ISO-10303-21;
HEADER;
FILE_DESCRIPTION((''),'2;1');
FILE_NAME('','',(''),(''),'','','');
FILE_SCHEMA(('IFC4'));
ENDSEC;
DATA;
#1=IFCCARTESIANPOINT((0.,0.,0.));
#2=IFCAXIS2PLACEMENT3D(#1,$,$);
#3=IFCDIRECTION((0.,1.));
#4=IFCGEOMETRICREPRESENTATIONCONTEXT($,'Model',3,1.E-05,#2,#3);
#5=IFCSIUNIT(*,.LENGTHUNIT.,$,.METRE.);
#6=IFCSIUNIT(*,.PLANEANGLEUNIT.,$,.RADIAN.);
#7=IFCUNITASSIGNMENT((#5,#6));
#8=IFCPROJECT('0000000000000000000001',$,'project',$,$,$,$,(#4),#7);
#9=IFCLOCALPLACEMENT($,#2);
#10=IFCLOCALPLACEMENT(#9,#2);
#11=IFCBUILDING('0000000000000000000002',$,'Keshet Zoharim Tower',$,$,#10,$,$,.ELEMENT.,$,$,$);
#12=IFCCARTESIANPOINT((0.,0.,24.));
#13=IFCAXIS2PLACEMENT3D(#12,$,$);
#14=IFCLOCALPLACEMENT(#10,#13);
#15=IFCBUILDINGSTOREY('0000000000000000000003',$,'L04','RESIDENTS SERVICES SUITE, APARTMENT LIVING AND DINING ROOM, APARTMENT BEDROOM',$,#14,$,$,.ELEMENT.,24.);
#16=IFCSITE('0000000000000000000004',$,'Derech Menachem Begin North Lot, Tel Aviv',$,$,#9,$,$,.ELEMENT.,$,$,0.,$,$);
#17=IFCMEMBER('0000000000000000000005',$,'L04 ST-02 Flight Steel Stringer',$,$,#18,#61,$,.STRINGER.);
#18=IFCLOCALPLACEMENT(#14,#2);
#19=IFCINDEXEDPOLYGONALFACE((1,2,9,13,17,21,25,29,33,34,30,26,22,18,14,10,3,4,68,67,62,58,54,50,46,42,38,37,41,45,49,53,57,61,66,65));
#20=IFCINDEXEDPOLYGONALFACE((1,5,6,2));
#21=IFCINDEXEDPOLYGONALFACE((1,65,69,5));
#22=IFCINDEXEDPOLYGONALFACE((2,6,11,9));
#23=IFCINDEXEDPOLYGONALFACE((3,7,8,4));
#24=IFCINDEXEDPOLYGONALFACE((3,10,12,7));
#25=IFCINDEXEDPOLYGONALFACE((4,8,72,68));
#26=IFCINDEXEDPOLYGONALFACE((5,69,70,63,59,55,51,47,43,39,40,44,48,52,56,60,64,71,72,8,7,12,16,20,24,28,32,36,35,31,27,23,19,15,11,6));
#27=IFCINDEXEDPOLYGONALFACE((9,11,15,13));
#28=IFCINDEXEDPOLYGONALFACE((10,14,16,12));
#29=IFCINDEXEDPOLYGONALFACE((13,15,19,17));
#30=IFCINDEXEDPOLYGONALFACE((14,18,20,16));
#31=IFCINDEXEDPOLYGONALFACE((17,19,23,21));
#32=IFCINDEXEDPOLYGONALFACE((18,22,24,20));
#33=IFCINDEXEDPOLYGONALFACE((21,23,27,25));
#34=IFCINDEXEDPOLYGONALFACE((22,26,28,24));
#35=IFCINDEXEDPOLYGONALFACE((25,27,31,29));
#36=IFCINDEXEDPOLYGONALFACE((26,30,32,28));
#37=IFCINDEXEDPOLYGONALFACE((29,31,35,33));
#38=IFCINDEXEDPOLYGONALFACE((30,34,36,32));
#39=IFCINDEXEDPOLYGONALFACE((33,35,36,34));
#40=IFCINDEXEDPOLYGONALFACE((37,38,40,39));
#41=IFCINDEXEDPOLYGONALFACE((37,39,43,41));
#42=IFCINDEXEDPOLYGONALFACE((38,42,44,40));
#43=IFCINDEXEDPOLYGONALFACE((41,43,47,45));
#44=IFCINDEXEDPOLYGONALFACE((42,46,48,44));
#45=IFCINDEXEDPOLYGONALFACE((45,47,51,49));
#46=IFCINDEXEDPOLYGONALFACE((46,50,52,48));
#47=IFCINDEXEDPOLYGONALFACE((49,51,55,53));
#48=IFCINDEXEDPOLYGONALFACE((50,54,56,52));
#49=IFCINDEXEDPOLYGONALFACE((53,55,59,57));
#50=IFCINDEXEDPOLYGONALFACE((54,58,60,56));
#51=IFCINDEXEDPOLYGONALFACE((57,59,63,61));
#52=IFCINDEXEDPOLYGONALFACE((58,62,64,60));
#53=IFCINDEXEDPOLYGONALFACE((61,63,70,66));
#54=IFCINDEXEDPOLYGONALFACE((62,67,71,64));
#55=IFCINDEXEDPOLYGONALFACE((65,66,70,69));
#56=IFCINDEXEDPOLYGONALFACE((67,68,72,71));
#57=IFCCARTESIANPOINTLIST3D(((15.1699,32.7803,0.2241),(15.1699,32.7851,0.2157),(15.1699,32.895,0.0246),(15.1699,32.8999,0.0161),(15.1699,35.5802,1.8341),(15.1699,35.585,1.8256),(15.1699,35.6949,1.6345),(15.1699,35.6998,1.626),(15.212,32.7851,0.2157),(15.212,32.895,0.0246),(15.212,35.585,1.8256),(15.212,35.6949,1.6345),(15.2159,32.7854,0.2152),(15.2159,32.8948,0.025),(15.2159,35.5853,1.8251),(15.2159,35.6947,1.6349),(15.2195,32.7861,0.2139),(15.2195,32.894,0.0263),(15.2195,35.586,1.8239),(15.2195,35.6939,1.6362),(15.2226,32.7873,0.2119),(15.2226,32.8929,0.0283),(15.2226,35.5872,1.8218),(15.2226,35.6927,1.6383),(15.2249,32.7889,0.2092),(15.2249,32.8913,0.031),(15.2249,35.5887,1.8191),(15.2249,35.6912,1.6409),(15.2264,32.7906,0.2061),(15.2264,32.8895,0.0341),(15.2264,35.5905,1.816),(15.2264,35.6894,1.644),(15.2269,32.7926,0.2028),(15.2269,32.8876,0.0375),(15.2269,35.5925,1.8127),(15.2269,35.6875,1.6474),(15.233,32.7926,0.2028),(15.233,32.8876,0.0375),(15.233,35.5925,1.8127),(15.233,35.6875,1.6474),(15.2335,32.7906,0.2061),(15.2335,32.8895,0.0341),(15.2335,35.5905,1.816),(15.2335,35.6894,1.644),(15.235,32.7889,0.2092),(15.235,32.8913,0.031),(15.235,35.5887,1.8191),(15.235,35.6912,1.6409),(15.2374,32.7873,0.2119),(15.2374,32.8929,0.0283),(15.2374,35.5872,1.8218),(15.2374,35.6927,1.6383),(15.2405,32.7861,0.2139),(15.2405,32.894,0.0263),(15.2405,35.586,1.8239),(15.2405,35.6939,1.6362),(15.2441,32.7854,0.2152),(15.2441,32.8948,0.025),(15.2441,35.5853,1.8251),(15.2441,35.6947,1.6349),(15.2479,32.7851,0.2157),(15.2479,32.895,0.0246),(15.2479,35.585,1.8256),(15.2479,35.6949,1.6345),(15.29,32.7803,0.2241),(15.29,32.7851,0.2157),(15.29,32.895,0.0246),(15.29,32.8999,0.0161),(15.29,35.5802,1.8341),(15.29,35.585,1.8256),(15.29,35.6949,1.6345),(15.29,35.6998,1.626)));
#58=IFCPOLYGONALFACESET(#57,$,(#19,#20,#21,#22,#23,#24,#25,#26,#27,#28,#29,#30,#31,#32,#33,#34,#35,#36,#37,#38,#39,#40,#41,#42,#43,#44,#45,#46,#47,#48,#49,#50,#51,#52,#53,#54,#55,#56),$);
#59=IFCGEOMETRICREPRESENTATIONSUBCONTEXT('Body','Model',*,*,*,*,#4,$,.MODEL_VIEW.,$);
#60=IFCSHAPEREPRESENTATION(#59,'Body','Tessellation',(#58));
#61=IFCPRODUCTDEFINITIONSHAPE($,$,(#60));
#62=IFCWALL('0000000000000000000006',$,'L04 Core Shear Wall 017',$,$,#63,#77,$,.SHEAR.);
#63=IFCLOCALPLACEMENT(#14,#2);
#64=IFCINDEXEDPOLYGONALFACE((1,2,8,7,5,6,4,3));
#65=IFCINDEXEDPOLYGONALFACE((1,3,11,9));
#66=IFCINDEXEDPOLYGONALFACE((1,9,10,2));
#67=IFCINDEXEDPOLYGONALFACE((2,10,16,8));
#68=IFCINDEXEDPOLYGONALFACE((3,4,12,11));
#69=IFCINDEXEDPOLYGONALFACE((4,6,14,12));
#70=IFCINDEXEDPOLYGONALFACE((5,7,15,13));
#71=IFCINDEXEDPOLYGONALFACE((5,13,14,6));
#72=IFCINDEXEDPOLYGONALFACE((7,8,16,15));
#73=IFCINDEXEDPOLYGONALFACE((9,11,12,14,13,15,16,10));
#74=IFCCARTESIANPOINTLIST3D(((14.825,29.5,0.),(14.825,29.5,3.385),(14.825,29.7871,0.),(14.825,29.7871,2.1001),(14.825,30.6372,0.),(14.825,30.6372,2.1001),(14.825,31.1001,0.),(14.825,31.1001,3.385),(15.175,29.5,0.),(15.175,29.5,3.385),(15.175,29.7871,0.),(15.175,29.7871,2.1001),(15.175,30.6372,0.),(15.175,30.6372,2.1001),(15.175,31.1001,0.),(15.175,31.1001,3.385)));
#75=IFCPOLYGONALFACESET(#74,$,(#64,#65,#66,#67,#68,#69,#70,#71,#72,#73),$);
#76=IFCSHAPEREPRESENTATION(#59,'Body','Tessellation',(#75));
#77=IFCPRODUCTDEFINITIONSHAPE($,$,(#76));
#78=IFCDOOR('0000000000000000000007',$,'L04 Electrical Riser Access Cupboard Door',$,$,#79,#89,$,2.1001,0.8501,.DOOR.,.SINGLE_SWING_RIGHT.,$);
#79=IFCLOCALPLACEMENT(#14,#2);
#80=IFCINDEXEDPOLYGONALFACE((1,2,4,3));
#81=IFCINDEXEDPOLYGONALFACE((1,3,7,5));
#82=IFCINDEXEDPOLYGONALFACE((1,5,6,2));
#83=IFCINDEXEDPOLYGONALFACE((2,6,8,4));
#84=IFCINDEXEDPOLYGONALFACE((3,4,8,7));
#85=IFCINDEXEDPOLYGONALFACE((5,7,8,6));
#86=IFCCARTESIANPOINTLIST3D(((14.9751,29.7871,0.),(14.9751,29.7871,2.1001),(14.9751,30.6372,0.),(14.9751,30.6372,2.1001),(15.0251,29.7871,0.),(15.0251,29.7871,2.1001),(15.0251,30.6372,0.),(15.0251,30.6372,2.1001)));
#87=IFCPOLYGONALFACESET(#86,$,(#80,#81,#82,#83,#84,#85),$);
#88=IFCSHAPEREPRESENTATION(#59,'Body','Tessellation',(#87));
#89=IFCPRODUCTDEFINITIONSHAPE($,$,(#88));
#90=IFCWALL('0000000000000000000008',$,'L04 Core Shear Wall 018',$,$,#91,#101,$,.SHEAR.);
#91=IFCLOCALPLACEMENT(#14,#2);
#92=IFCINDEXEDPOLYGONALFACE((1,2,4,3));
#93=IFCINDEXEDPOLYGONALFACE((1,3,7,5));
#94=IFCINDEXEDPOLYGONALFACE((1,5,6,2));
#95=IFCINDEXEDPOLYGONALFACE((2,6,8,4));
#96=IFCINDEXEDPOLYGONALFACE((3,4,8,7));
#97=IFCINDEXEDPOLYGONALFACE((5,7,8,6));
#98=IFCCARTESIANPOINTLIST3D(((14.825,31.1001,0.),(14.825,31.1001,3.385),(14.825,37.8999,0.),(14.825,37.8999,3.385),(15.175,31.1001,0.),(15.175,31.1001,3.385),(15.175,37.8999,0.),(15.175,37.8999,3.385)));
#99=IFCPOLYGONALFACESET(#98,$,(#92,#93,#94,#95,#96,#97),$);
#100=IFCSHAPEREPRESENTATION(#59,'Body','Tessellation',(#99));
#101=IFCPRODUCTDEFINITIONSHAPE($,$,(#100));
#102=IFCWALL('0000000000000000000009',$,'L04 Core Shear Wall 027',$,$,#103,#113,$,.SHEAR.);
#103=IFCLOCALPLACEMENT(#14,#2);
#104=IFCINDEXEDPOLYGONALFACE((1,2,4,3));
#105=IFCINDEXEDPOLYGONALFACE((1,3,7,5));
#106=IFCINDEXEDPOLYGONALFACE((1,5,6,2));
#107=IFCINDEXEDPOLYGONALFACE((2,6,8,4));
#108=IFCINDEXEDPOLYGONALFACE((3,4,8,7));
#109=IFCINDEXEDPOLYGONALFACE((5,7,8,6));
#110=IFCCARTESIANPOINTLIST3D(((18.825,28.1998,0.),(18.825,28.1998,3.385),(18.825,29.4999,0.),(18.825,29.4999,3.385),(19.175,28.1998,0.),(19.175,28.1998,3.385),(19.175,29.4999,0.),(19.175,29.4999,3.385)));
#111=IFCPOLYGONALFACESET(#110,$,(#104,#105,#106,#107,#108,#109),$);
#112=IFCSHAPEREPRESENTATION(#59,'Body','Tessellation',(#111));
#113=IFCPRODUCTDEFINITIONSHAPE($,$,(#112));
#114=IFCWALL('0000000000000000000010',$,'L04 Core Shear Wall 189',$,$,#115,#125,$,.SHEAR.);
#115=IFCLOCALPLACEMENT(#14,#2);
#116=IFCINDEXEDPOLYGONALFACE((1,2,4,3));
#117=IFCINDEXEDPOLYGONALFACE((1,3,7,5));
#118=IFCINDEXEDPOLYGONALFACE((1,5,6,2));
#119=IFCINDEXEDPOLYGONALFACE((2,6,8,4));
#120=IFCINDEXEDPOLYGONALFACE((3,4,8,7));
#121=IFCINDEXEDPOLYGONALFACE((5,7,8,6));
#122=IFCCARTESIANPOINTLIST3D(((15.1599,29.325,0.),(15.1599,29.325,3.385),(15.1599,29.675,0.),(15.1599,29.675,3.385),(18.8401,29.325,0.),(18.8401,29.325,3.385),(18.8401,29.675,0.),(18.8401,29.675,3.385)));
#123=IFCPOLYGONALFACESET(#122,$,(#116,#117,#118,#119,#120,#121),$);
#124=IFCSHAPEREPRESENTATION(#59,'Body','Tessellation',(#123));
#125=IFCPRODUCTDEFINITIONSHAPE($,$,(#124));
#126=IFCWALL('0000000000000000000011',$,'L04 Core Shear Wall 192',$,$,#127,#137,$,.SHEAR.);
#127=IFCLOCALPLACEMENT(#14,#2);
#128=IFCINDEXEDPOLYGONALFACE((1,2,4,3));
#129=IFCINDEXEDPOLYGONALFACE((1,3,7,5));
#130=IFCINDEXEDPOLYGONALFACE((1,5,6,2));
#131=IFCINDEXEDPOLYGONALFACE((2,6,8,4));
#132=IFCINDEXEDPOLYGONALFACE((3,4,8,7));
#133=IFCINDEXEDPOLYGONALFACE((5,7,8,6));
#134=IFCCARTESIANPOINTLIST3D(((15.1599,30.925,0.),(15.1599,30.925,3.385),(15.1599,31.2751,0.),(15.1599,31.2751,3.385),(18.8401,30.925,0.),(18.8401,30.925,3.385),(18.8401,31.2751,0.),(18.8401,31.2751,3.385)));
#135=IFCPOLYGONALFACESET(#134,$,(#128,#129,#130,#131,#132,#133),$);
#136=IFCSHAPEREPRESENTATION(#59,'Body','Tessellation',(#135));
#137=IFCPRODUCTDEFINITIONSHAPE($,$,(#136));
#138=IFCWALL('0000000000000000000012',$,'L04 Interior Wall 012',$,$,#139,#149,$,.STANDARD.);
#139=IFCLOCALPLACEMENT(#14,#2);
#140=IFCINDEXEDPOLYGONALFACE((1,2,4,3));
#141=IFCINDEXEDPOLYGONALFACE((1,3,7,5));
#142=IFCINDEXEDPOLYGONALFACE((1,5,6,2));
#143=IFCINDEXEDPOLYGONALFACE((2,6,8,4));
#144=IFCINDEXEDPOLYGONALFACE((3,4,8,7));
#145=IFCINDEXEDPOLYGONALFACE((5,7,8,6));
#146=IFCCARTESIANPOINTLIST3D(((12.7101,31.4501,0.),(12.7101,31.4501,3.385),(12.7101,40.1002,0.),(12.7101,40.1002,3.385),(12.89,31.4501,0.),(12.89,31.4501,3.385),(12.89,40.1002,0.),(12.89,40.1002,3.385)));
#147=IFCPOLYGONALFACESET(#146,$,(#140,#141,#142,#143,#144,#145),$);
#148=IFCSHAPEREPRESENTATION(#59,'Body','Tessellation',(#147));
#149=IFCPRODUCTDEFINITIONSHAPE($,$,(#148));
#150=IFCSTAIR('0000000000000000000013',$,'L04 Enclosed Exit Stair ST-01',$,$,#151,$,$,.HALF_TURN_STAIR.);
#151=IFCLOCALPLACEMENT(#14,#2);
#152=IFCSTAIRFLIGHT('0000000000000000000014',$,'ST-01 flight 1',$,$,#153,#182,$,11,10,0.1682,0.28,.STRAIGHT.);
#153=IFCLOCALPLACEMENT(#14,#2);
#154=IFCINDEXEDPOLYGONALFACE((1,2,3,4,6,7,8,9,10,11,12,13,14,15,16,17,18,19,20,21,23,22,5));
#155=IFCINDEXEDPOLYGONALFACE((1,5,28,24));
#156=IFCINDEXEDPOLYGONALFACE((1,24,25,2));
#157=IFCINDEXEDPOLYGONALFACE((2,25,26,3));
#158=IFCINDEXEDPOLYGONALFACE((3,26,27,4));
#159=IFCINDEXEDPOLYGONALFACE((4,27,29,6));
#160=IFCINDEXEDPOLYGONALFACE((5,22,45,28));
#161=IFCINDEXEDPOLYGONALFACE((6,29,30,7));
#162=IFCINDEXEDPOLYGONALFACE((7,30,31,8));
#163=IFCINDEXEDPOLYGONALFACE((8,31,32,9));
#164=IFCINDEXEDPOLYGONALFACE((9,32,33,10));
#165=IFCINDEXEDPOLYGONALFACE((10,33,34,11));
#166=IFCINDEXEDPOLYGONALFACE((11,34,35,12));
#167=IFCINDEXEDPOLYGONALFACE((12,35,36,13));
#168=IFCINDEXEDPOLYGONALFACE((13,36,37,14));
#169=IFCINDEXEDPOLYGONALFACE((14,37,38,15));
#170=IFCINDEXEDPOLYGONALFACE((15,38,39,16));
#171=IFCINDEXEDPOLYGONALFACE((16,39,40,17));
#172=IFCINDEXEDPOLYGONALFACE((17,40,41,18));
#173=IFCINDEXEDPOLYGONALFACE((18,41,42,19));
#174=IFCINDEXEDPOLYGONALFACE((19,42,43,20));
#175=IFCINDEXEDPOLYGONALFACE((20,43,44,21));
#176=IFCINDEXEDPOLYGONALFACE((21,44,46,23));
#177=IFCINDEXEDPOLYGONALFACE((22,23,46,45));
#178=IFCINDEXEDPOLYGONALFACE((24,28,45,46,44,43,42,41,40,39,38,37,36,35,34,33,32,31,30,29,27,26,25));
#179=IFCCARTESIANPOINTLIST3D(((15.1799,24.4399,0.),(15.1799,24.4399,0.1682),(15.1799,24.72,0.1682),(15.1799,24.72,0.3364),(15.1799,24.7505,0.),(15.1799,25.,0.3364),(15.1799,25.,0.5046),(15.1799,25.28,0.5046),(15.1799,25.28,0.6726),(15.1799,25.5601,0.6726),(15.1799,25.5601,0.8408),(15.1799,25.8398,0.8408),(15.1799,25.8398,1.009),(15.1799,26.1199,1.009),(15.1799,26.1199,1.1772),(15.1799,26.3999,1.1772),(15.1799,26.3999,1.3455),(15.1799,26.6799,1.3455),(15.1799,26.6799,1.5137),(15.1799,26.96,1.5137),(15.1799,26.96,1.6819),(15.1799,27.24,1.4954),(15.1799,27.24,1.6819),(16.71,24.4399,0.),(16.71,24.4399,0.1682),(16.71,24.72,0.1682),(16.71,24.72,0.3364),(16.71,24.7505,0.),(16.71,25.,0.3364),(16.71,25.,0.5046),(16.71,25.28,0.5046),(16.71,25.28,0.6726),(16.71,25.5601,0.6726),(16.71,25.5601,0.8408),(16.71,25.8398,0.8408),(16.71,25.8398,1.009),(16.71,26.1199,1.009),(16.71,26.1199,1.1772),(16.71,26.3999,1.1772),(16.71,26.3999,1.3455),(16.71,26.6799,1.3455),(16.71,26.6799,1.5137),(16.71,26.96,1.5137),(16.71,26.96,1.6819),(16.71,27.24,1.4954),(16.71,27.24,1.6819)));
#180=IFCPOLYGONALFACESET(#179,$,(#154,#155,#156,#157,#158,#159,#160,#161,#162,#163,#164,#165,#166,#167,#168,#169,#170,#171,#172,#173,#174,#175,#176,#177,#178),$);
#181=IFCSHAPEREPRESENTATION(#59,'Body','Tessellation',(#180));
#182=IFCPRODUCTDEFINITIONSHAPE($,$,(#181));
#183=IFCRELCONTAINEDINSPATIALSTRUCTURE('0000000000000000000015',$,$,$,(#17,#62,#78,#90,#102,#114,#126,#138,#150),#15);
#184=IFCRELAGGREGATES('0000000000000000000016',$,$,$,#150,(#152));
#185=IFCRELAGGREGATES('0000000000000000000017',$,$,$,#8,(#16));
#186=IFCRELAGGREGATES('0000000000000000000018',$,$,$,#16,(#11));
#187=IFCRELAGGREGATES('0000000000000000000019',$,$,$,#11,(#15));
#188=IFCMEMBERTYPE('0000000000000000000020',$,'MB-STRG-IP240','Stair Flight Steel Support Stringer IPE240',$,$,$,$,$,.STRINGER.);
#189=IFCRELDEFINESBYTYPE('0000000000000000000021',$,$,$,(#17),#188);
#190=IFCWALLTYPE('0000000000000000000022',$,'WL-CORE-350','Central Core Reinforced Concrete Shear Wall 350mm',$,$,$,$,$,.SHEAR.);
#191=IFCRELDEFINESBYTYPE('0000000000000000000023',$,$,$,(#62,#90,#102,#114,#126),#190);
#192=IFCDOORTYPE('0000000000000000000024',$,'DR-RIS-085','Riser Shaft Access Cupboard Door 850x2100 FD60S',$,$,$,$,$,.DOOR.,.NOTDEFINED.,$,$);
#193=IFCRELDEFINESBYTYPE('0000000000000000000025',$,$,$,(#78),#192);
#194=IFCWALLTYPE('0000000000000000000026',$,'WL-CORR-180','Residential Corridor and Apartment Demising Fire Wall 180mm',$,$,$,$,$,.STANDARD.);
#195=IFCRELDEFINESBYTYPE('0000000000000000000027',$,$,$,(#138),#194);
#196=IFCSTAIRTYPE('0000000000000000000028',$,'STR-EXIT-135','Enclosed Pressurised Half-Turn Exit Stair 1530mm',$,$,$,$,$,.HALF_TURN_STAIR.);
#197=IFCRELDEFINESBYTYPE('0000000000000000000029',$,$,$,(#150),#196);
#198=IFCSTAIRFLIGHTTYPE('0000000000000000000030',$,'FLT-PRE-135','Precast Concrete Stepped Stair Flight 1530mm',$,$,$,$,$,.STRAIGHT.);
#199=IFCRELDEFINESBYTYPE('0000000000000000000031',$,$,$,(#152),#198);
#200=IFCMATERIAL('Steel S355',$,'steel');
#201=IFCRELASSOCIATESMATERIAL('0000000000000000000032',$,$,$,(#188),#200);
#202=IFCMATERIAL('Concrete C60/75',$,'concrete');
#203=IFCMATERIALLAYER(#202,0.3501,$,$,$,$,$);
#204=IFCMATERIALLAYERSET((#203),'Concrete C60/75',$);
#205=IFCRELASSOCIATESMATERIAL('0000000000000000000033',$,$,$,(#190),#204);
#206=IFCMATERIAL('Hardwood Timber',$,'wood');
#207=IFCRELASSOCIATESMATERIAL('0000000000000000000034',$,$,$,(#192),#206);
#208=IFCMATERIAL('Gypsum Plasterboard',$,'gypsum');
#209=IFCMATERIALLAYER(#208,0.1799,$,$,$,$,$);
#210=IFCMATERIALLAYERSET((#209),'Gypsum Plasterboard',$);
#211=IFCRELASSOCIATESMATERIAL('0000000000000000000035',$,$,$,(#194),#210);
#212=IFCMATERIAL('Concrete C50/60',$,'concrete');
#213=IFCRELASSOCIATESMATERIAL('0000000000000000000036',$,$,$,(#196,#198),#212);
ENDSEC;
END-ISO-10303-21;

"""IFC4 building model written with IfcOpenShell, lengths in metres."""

from ifc_helpers import new_model, si_unit, direction, frame, frame_2d, origin, origin_2d, place, context, subcontext, project, spatial, polyline, rectangle, i_section, outline, extrude, material, layer, layer_set, material_profile, profile_set, type_object, element, fill, aggregate, save


model = new_model("IFC4")

# Units and contexts
model_context = context("Model", 3, precision=1e-05, world=origin(), true_north=direction((0.0, 1.0)))
body_context = subcontext(model_context, "Body", "Model", "MODEL_VIEW")
ifc_project = project(units=[si_unit("LENGTHUNIT", "METRE"), si_unit("PLANEANGLEUNIT", "RADIAN")], contexts=[model_context])

# Site, building, storey
site_placement = place(None, origin())
site = spatial("IfcSite", under=ifc_project, at=site_placement, Name="Derech Menachem Begin North Lot, Tel Aviv", CompositionType="ELEMENT", RefElevation=0.0)
building_placement = place(site_placement, origin())
building = spatial("IfcBuilding", under=site, at=building_placement, Name="Keshet Zoharim Tower", CompositionType="ELEMENT")
storey_placement = place(building_placement, frame((0.0, 0.0, 24.0)))
storey = spatial("IfcBuildingStorey", under=building, at=storey_placement, Name="L04", Description="RESIDENTS SERVICES SUITE, APARTMENT LIVING AND DINING ROOM, APARTMENT BEDROOM", CompositionType="ELEMENT", Elevation=24.0)

# Member
ifc_material_1 = material(Name="Steel S355", Category="steel")
ifc_material_profile = material_profile(ifc_material_1, i_section(OverallWidth=0.1201, OverallDepth=0.24, WebThickness=0.0061, FlangeThickness=0.0098, FilletRadius=0.0149, at=origin_2d()), Name="IPE240")
ifc_profile_set = profile_set([ifc_material_profile], Name="Steel S355")
member_type = type_object("IfcMemberType", Name="MB-STRG-IP240", Description="Stair Flight Steel Support Stringer IPE240", PredefinedType="STRINGER", material=ifc_profile_set)
member_placement = place(storey_placement, frame((15.23, 32.8401, 0.1201), z_axis=(0.0, 0.86691, 0.498465), x_axis=(-1.0, 0.0, 0.0)))
element("IfcMember", 1, at=member_placement, inside=storey, type_object=member_type, Name="L04 ST-02 Flight Steel Stringer", PredefinedType="STRINGER", context=body_context, shape_type="SweptSolid", body=[
    extrude(i_section(OverallWidth=0.1201, OverallDepth=0.24, WebThickness=0.0061, FlangeThickness=0.0098, FilletRadius=0.0149, at=origin_2d()), origin(), (0.0, 0.0, 1.0), 3.2297),
])

# Wall, opening, door
ifc_material_2 = material(Name="Concrete C60/75", Category="concrete")
ifc_layer_1 = layer(ifc_material_2, 0.3501)
ifc_layer_set_1 = layer_set([ifc_layer_1], Name="Concrete C60/75")
wall_type_1 = type_object("IfcWallType", Name="WL-CORE-350", Description="Central Core Reinforced Concrete Shear Wall 350mm", PredefinedType="SHEAR", material=ifc_layer_set_1)
wall_1_placement = place(storey_placement, frame((15.0, 29.5, 0.0), z_axis=(0.0, 0.0, 1.0), x_axis=(0.0, 1.0, 0.0)))
wall_1 = element("IfcWall", 2, at=wall_1_placement, inside=storey, type_object=wall_type_1, Name="L04 Core Shear Wall 017", PredefinedType="SHEAR", context=body_context, shape_type="SweptSolid", body=[
    extrude(rectangle(XDim=1.6001, YDim=0.3501, at=frame_2d((0.8, 0.0))), origin(), (0.0, 0.0, 1.0), 3.385),
])
opening_1_placement = place(wall_1_placement, frame((0.2871, 0.0, 0.0)))
opening_1 = element("IfcOpeningElement", 3, at=opening_1_placement, cuts=wall_1, PredefinedType="OPENING", context=body_context, shape_type="SweptSolid", body=[
    extrude(rectangle(XDim=0.8501, YDim=2.1001, at=frame_2d((0.425, 1.05))), frame((0.0, 0.1851, 0.0), z_axis=(0.0, -1.0, 0.0), x_axis=(1.0, 0.0, 0.0)), (0.0, 0.0, 1.0), 0.3701),
])
ifc_material_3 = material(Name="Hardwood Timber", Category="wood")
door_type_1 = type_object("IfcDoorType", Name="DR-RIS-085", Description="Riser Shaft Access Cupboard Door 850x2100 FD60S", OperationType="NOTDEFINED", PredefinedType="DOOR", material=ifc_material_3)
door_1_placement = place(opening_1_placement, origin())
door_1 = element("IfcDoor", 4, at=door_1_placement, inside=storey, type_object=door_type_1, Name="L04 Electrical Riser Access Cupboard Door", OperationType="SINGLE_SWING_RIGHT", OverallHeight=2.1001, OverallWidth=0.8501, PredefinedType="DOOR", context=body_context, shape_type="SweptSolid", body=[
    extrude(rectangle(XDim=0.8501, YDim=2.1001, at=frame_2d((0.425, 1.05))), frame((0.0, 0.0249, 0.0), z_axis=(0.0, -1.0, 0.0), x_axis=(1.0, 0.0, 0.0)), (0.0, 0.0, 1.0), 0.05),
])
fill(opening_1, door_1)

# Walls
wall_2_placement = place(storey_placement, frame((15.0, 31.1001, 0.0), z_axis=(0.0, 0.0, 1.0), x_axis=(0.0, 1.0, 0.0)))
element("IfcWall", 5, at=wall_2_placement, inside=storey, type_object=wall_type_1, Name="L04 Core Shear Wall 018", PredefinedType="SHEAR", context=body_context, shape_type="SweptSolid", body=[
    extrude(rectangle(XDim=6.7998, YDim=0.3501, at=frame_2d((3.3999, 0.0))), origin(), (0.0, 0.0, 1.0), 3.385),
])
wall_3_placement = place(storey_placement, frame((19.0, 28.2, 0.0), z_axis=(0.0, 0.0, 1.0), x_axis=(0.0, 1.0, 0.0)))
element("IfcWall", 6, at=wall_3_placement, inside=storey, type_object=wall_type_1, Name="L04 Core Shear Wall 027", PredefinedType="SHEAR", context=body_context, shape_type="SweptSolid", body=[
    extrude(rectangle(XDim=1.3, YDim=0.3501, at=frame_2d((0.6499, 0.0))), origin(), (0.0, 0.0, 1.0), 3.385),
])
for number, where, z_axis, x_axis, name in (
    (7, (15.1599, 29.5, 0.0), (0.0, 0.0, 1.0), (1.0, 0.0, 0.0), "L04 Core Shear Wall 189"),
    (8, (15.1599, 31.1001, 0.0), (0.0, 0.0, 1.0), (1.0, 0.0, 0.0), "L04 Core Shear Wall 192"),
):
    element("IfcWall", number, at=place(storey_placement, frame(where, z_axis=z_axis, x_axis=x_axis)), inside=storey, type_object=wall_type_1, Name=name, PredefinedType="SHEAR", context=body_context, shape_type="SweptSolid", body=[
        extrude(rectangle(XDim=3.6802, YDim=0.3501, at=frame_2d((1.8401, 0.0))), origin(), (0.0, 0.0, 1.0), 3.385),
    ])

# Shared definitions
ifc_material_4 = material(Name="Gypsum Plasterboard", Category="gypsum")
ifc_layer_2 = layer(ifc_material_4, 0.1799)
ifc_layer_set_2 = layer_set([ifc_layer_2], Name="Gypsum Plasterboard")
wall_type_2 = type_object("IfcWallType", Name="WL-CORR-180", Description="Residential Corridor and Apartment Demising Fire Wall 180mm", PredefinedType="STANDARD", material=ifc_layer_set_2)

# Wall
wall_4_placement = place(storey_placement, frame((12.8, 31.45, 0.0), z_axis=(0.0, 0.0, 1.0), x_axis=(0.0, 1.0, 0.0)))
element("IfcWall", 9, at=wall_4_placement, inside=storey, type_object=wall_type_2, Name="L04 Interior Wall 012", PredefinedType="STANDARD", context=body_context, shape_type="SweptSolid", body=[
    extrude(rectangle(XDim=8.6501, YDim=0.1799, at=frame_2d((4.3252, 0.0))), origin(), (0.0, 0.0, 1.0), 3.385),
])

# Stair, stair flight
ifc_material_5 = material(Name="Concrete C50/60", Category="concrete")
stair_type = type_object("IfcStairType", Name="STR-EXIT-135", Description="Enclosed Pressurised Half-Turn Exit Stair 1530mm", PredefinedType="HALF_TURN_STAIR", material=ifc_material_5)
stair_1_placement = place(storey_placement, origin())
stair_1 = element("IfcStair", 10, at=stair_1_placement, inside=storey, type_object=stair_type, Name="L04 Enclosed Exit Stair ST-01", PredefinedType="HALF_TURN_STAIR")
stair_flight_type = type_object("IfcStairFlightType", Name="FLT-PRE-135", Description="Precast Concrete Stepped Stair Flight 1530mm", PredefinedType="STRAIGHT", material=ifc_material_5)
stair_flight_1_placement = place(storey_placement, frame((15.9451, 24.4399, 0.0), z_axis=(0.0, 0.0, 1.0), x_axis=(0.0, 1.0, 0.0)))
stair_flight_1 = element("IfcStairFlight", 11, at=stair_flight_1_placement, type_object=stair_flight_type, Name="ST-01 flight 1", NumberOfRisers=11, NumberOfTreads=10, PredefinedType="STRAIGHT", RiserHeight=0.1682, TreadLength=0.28, context=body_context, shape_type="SweptSolid", body=[
    extrude(outline(polyline([(0.0, 0.0), (0.0, 0.1682), (0.28, 0.1682), (0.28, 0.3364), (0.5601, 0.3364), (0.5601, 0.5046), (0.8401, 0.5046), (0.8401, 0.6726), (1.1201, 0.6726), (1.1201, 0.8408), (1.3999, 0.8408), (1.3999, 1.009), (1.6799, 1.009), (1.6799, 1.1772), (1.96, 1.1772), (1.96, 1.3455), (2.24, 1.3455), (2.24, 1.5137), (2.52, 1.5137), (2.52, 1.6819), (2.8, 1.6819), (2.8, 1.8501), (2.8, 1.4954), (0.3105, 0.0), (0.0, 0.0)])), frame((0.0, 0.7651, 0.0), z_axis=(0.0, -1.0, 0.0), x_axis=(1.0, 0.0, 0.0)), (0.0, 0.0, 1.0), 1.53),
])
aggregate(stair_1, [stair_flight_1])

save(model, "model.ifc")
